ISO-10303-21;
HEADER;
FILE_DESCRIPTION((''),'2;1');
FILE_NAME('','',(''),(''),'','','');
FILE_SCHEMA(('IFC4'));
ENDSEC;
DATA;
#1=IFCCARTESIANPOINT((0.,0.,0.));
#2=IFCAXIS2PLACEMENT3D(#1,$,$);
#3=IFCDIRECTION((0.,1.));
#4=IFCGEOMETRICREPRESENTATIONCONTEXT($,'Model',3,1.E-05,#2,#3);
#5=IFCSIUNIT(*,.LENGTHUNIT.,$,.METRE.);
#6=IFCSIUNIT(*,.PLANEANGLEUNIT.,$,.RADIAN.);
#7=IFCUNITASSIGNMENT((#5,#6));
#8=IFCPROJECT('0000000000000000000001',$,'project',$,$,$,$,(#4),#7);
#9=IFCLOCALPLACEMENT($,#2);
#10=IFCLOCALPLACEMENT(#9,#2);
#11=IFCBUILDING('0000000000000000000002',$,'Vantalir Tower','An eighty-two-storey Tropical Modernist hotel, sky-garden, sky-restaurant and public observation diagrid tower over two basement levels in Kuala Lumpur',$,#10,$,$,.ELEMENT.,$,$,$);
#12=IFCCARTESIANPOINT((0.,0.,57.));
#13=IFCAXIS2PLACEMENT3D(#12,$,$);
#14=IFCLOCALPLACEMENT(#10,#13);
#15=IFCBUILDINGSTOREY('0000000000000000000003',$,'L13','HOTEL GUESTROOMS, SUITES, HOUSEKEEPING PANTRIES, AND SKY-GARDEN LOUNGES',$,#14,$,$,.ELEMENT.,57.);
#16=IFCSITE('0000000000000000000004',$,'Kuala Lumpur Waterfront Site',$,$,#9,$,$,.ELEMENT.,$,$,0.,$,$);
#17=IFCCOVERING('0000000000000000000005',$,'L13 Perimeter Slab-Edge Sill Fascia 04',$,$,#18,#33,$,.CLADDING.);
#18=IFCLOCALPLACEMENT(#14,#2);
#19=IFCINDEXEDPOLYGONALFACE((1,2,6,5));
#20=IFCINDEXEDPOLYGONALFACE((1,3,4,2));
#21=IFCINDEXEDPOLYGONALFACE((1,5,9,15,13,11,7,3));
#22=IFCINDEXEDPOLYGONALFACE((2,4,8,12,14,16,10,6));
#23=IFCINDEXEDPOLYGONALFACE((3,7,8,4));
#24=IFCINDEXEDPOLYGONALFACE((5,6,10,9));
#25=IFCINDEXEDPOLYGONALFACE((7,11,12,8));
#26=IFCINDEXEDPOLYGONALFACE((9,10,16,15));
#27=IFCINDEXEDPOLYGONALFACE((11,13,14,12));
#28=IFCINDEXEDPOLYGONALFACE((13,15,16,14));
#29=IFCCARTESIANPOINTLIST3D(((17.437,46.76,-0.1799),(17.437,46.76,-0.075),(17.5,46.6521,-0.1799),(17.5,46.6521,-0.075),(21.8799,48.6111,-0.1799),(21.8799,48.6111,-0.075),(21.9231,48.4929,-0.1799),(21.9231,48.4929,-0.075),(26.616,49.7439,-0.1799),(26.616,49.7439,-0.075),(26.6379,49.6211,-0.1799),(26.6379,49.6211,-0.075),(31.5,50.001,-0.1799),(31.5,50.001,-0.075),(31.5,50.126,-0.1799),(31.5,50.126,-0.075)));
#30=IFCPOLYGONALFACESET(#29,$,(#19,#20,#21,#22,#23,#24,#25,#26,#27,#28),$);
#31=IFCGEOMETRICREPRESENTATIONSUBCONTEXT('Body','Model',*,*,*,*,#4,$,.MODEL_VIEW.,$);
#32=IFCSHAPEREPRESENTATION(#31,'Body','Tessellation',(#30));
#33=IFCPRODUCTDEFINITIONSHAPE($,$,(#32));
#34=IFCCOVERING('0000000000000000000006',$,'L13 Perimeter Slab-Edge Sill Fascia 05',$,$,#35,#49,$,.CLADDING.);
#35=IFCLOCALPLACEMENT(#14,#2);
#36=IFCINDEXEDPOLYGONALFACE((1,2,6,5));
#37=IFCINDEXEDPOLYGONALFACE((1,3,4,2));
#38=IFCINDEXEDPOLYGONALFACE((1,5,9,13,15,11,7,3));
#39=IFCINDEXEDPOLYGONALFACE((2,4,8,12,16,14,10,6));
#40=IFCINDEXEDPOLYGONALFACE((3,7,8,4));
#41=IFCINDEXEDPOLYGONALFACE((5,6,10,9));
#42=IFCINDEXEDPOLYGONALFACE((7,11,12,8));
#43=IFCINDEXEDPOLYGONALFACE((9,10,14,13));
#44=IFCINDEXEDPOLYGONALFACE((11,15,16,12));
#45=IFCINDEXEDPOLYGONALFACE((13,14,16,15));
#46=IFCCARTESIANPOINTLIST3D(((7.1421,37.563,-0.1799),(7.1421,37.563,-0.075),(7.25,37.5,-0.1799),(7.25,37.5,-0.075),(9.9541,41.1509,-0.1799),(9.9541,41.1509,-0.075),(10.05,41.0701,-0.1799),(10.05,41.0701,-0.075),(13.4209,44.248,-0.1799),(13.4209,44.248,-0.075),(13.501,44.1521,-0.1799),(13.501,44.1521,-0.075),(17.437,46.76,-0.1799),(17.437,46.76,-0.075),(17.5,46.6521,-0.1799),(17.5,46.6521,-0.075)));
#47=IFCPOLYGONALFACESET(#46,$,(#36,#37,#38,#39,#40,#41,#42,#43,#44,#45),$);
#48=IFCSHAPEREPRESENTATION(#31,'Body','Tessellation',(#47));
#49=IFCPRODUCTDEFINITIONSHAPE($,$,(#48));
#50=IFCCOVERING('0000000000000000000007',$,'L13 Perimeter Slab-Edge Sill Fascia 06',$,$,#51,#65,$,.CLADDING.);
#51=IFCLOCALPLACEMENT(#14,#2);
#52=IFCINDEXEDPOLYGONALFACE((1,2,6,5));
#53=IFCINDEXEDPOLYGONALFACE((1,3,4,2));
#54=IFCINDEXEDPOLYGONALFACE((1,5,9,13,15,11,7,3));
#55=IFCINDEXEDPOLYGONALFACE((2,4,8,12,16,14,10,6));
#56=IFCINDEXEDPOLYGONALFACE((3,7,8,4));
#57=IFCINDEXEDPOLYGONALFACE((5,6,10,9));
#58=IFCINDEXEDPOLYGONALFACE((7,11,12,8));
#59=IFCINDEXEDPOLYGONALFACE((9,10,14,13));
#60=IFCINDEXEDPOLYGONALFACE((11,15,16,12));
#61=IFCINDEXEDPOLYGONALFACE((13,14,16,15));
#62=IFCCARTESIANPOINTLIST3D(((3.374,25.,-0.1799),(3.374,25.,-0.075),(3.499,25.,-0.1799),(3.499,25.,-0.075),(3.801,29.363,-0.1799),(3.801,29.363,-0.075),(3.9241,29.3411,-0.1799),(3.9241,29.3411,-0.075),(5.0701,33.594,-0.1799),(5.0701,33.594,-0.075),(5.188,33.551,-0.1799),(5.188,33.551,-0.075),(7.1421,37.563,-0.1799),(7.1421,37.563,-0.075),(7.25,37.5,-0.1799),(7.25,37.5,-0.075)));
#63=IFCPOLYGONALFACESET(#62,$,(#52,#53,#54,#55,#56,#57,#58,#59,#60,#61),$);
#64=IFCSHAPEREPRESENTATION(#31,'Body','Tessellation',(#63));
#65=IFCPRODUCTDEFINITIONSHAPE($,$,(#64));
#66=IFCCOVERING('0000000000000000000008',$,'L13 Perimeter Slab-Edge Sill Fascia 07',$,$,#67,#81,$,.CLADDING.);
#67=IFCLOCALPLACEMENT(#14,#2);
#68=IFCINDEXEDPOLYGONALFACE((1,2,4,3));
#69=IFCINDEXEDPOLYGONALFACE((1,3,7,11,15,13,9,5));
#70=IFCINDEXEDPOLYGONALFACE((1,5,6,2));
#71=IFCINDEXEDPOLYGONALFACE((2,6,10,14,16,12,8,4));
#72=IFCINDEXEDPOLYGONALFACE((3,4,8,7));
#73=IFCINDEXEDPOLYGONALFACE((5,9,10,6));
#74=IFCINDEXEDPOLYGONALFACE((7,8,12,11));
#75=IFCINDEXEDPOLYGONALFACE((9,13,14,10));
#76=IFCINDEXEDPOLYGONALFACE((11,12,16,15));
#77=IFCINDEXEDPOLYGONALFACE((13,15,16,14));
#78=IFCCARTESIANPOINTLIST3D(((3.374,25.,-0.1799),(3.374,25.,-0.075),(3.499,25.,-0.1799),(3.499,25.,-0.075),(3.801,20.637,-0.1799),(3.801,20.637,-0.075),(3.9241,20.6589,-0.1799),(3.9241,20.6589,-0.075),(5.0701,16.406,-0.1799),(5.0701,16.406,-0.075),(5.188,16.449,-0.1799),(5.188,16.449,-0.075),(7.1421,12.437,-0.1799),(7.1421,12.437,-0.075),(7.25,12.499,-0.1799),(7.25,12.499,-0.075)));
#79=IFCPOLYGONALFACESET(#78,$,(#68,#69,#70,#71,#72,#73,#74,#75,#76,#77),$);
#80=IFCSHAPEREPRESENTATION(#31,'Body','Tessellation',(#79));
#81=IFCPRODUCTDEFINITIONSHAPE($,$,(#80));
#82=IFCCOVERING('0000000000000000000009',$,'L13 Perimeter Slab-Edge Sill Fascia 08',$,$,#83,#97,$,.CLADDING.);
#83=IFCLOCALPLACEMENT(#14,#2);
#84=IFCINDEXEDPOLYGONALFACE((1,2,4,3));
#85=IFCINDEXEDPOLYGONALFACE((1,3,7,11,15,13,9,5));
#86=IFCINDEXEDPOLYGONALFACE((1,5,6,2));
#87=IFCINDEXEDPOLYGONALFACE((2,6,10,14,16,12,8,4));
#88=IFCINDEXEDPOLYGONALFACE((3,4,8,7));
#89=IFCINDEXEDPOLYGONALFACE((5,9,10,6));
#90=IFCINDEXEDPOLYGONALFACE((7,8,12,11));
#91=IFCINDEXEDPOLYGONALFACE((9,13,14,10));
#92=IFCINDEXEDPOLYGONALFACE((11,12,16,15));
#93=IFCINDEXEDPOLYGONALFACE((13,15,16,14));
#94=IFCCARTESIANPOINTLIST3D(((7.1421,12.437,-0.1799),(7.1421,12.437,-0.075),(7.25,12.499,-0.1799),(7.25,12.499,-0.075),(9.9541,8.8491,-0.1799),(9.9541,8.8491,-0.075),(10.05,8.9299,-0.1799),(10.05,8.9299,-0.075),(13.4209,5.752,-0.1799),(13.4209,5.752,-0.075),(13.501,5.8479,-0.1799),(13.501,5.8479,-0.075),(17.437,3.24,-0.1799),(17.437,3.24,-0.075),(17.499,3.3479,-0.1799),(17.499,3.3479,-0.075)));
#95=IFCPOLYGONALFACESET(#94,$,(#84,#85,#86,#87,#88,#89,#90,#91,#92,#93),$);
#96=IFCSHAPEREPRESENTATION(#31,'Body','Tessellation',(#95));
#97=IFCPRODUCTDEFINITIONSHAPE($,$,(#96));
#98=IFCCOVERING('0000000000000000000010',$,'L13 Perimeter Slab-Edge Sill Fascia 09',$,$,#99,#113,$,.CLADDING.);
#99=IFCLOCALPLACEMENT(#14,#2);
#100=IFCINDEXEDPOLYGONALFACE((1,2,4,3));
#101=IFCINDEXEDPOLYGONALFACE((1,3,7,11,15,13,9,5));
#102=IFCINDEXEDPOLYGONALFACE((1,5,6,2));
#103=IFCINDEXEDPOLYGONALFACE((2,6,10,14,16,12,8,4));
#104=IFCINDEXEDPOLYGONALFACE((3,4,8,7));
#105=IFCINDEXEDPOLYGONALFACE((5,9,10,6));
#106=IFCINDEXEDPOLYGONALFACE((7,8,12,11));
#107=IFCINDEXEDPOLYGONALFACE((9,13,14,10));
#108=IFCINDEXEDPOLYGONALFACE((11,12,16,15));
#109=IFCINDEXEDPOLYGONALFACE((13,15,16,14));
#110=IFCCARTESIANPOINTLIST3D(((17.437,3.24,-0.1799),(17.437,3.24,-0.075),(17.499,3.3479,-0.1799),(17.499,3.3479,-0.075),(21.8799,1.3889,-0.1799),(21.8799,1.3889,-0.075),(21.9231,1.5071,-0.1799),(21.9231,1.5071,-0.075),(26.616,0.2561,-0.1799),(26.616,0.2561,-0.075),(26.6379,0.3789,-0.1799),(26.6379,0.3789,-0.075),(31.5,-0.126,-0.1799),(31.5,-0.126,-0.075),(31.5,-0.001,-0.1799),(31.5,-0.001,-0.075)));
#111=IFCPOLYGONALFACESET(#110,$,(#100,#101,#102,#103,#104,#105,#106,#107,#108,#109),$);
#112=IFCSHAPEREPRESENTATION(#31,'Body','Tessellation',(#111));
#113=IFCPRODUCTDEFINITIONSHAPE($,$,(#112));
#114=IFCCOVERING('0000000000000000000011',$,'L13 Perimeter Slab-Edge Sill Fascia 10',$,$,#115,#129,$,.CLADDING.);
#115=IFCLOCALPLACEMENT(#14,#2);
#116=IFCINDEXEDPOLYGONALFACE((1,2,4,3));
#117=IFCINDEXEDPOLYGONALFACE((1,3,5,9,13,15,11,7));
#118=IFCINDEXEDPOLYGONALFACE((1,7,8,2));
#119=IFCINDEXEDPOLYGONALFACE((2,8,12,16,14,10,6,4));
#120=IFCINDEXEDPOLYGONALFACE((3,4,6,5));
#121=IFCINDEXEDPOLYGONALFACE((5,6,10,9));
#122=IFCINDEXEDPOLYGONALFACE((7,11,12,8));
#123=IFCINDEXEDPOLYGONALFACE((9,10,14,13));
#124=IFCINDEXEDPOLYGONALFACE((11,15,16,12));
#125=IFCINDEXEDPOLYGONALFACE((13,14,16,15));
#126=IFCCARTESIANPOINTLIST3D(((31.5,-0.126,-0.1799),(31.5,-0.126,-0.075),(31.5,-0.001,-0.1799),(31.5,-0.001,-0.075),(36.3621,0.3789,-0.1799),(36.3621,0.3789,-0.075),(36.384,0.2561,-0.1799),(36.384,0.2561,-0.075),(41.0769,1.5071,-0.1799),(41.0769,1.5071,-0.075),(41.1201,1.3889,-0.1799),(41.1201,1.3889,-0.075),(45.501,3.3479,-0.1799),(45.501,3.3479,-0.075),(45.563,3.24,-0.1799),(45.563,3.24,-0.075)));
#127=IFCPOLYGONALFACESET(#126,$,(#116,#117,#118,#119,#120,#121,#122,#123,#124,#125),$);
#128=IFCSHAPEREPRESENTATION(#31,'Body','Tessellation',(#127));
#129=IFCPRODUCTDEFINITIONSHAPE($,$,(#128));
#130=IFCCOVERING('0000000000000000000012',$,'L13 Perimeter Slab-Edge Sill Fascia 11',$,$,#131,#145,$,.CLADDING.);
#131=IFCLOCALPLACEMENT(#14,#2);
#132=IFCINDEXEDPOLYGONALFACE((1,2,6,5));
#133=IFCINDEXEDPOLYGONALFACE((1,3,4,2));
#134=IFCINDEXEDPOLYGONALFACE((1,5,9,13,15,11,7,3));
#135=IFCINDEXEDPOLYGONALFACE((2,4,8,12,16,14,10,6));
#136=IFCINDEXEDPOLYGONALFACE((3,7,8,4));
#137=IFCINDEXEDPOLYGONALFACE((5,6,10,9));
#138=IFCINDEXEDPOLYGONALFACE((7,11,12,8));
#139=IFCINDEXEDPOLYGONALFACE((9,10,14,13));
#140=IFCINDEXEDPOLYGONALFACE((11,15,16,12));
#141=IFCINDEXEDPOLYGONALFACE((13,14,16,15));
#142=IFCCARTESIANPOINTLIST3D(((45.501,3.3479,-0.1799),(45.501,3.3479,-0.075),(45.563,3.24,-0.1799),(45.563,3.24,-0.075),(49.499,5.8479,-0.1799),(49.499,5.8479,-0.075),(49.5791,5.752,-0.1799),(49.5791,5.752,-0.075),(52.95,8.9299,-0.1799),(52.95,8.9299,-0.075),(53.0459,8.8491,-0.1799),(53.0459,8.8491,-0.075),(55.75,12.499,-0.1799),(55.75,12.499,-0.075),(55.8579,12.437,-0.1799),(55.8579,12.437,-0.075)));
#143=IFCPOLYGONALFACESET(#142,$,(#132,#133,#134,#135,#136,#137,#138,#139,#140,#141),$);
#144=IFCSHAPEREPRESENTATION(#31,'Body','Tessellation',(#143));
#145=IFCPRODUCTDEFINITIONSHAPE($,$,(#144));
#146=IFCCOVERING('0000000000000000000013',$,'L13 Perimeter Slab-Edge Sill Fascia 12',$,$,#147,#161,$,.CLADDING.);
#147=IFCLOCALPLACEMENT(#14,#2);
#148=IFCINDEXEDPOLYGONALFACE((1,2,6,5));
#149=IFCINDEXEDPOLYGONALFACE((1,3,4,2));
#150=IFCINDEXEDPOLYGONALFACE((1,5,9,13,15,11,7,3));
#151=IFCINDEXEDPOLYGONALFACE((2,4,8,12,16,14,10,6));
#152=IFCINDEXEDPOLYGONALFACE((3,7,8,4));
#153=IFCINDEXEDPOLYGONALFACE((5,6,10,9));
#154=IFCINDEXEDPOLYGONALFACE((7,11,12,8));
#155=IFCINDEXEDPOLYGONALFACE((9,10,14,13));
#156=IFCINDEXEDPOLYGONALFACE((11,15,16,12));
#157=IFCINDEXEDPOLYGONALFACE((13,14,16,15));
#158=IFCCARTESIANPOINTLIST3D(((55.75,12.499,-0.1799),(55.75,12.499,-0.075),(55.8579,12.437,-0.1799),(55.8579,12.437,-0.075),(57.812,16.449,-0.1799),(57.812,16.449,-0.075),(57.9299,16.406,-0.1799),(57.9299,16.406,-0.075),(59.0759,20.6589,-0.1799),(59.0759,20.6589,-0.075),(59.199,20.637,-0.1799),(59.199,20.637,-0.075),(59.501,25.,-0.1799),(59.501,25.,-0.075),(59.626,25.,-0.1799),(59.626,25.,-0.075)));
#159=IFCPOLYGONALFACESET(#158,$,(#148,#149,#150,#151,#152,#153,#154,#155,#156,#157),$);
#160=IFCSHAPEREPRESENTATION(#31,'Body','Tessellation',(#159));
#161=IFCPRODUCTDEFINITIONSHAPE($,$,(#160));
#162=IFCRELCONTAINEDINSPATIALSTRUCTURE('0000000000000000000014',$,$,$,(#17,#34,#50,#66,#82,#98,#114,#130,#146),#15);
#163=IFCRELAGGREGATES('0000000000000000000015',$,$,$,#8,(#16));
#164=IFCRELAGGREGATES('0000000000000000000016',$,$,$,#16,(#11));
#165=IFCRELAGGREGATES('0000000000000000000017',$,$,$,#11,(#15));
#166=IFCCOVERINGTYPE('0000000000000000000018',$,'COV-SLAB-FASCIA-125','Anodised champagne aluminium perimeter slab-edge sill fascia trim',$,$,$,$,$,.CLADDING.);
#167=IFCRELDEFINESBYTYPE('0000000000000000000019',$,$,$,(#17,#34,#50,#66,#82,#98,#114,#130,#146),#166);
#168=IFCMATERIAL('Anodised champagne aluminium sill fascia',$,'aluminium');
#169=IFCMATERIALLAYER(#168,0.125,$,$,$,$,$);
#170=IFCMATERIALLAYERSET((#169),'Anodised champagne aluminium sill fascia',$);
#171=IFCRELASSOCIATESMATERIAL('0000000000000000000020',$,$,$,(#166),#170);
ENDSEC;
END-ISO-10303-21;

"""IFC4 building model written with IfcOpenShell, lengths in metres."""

from ifc_helpers import new_model, si_unit, direction, frame, origin, place, context, subcontext, project, spatial, polyline, outline, extrude, material, layer, layer_set, type_object, element, save


model = new_model("IFC4")

# Units and contexts
model_context = context("Model", 3, precision=1e-05, world=origin(), true_north=direction((0.0, 1.0)))
body_context = subcontext(model_context, "Body", "Model", "MODEL_VIEW")
ifc_project = project(units=[si_unit("LENGTHUNIT", "METRE"), si_unit("PLANEANGLEUNIT", "RADIAN")], contexts=[model_context])

# Site, building, storey
site_placement = place(None, origin())
site = spatial("IfcSite", under=ifc_project, at=site_placement, Name="Kuala Lumpur Waterfront Site", CompositionType="ELEMENT", RefElevation=0.0)
building_placement = place(site_placement, origin())
building = spatial("IfcBuilding", under=site, at=building_placement, Name="Vantalir Tower", Description="An eighty-two-storey Tropical Modernist hotel, sky-garden, sky-restaurant and public observation diagrid tower over two basement levels in Kuala Lumpur", CompositionType="ELEMENT")
storey_placement = place(building_placement, frame((0.0, 0.0, 57.0)))
storey = spatial("IfcBuildingStorey", under=building, at=storey_placement, Name="L13", Description="HOTEL GUESTROOMS, SUITES, HOUSEKEEPING PANTRIES, AND SKY-GARDEN LOUNGES", CompositionType="ELEMENT", Elevation=57.0)

# Coverings
ifc_material_1 = material(Name="Anodised champagne aluminium sill fascia", Category="aluminium")
ifc_layer_1 = layer(ifc_material_1, 0.125)
ifc_layer_set_1 = layer_set([ifc_layer_1], Name="Anodised champagne aluminium sill fascia")
covering_type = type_object("IfcCoveringType", Name="COV-SLAB-FASCIA-125", Description="Anodised champagne aluminium perimeter slab-edge sill fascia trim", PredefinedType="CLADDING", material=ifc_layer_set_1)
covering_1_placement = place(storey_placement, frame((0.0, 0.0, -0.1799)))
element("IfcCovering", 1, at=covering_1_placement, inside=storey, type_object=covering_type, Name="L13 Perimeter Slab-Edge Sill Fascia 04", PredefinedType="CLADDING", context=body_context, shape_type="SweptSolid", body=[
    extrude(outline(polyline([(31.5, 50.126), (26.616, 49.7439), (21.8799, 48.6111), (17.437, 46.76), (17.5, 46.6521), (21.9231, 48.4929), (26.6379, 49.6211), (31.5, 50.001), (31.5, 50.126)])), origin(), (0.0, 0.0, 1.0), 0.105),
])
covering_2_placement = place(storey_placement, frame((0.0, 0.0, -0.1799)))
element("IfcCovering", 2, at=covering_2_placement, inside=storey, type_object=covering_type, Name="L13 Perimeter Slab-Edge Sill Fascia 05", PredefinedType="CLADDING", context=body_context, shape_type="SweptSolid", body=[
    extrude(outline(polyline([(17.437, 46.76), (13.4209, 44.248), (9.9541, 41.1509), (7.1421, 37.563), (7.25, 37.5), (10.05, 41.0701), (13.501, 44.1521), (17.5, 46.6521), (17.437, 46.76)])), origin(), (0.0, 0.0, 1.0), 0.105),
])
covering_3_placement = place(storey_placement, frame((0.0, 0.0, -0.1799)))
element("IfcCovering", 3, at=covering_3_placement, inside=storey, type_object=covering_type, Name="L13 Perimeter Slab-Edge Sill Fascia 06", PredefinedType="CLADDING", context=body_context, shape_type="SweptSolid", body=[
    extrude(outline(polyline([(7.1421, 37.563), (5.0701, 33.594), (3.801, 29.363), (3.374, 25.0), (3.499, 25.0), (3.9241, 29.3411), (5.188, 33.551), (7.25, 37.5), (7.1421, 37.563)])), origin(), (0.0, 0.0, 1.0), 0.105),
])
covering_4_placement = place(storey_placement, frame((0.0, 0.0, -0.1799)))
element("IfcCovering", 4, at=covering_4_placement, inside=storey, type_object=covering_type, Name="L13 Perimeter Slab-Edge Sill Fascia 07", PredefinedType="CLADDING", context=body_context, shape_type="SweptSolid", body=[
    extrude(outline(polyline([(3.374, 25.0), (3.801, 20.637), (5.0701, 16.406), (7.1421, 12.437), (7.25, 12.499), (5.188, 16.449), (3.9241, 20.6589), (3.499, 25.0), (3.374, 25.0)])), origin(), (0.0, 0.0, 1.0), 0.105),
])
covering_5_placement = place(storey_placement, frame((0.0, 0.0, -0.1799)))
element("IfcCovering", 5, at=covering_5_placement, inside=storey, type_object=covering_type, Name="L13 Perimeter Slab-Edge Sill Fascia 08", PredefinedType="CLADDING", context=body_context, shape_type="SweptSolid", body=[
    extrude(outline(polyline([(7.1421, 12.437), (9.9541, 8.8491), (13.4209, 5.752), (17.437, 3.24), (17.499, 3.3479), (13.501, 5.8479), (10.05, 8.9299), (7.25, 12.499), (7.1421, 12.437)])), origin(), (0.0, 0.0, 1.0), 0.105),
])
covering_6_placement = place(storey_placement, frame((0.0, 0.0, -0.1799)))
element("IfcCovering", 6, at=covering_6_placement, inside=storey, type_object=covering_type, Name="L13 Perimeter Slab-Edge Sill Fascia 09", PredefinedType="CLADDING", context=body_context, shape_type="SweptSolid", body=[
    extrude(outline(polyline([(17.437, 3.24), (21.8799, 1.3889), (26.616, 0.2561), (31.5, -0.126), (31.5, -0.001), (26.6379, 0.3789), (21.9231, 1.5071), (17.499, 3.3479), (17.437, 3.24)])), origin(), (0.0, 0.0, 1.0), 0.105),
])
covering_7_placement = place(storey_placement, frame((0.0, 0.0, -0.1799)))
element("IfcCovering", 7, at=covering_7_placement, inside=storey, type_object=covering_type, Name="L13 Perimeter Slab-Edge Sill Fascia 10", PredefinedType="CLADDING", context=body_context, shape_type="SweptSolid", body=[
    extrude(outline(polyline([(31.5, -0.126), (36.384, 0.2561), (41.1201, 1.3889), (45.563, 3.24), (45.501, 3.3479), (41.0769, 1.5071), (36.3621, 0.3789), (31.5, -0.001), (31.5, -0.126)])), origin(), (0.0, 0.0, 1.0), 0.105),
])
covering_8_placement = place(storey_placement, frame((0.0, 0.0, -0.1799)))
element("IfcCovering", 8, at=covering_8_placement, inside=storey, type_object=covering_type, Name="L13 Perimeter Slab-Edge Sill Fascia 11", PredefinedType="CLADDING", context=body_context, shape_type="SweptSolid", body=[
    extrude(outline(polyline([(45.563, 3.24), (49.5791, 5.752), (53.0459, 8.8491), (55.8579, 12.437), (55.75, 12.499), (52.95, 8.9299), (49.499, 5.8479), (45.501, 3.3479), (45.563, 3.24)])), origin(), (0.0, 0.0, 1.0), 0.105),
])
covering_9_placement = place(storey_placement, frame((0.0, 0.0, -0.1799)))
element("IfcCovering", 9, at=covering_9_placement, inside=storey, type_object=covering_type, Name="L13 Perimeter Slab-Edge Sill Fascia 12", PredefinedType="CLADDING", context=body_context, shape_type="SweptSolid", body=[
    extrude(outline(polyline([(55.8579, 12.437), (57.9299, 16.406), (59.199, 20.637), (59.626, 25.0), (59.501, 25.0), (59.0759, 20.6589), (57.812, 16.449), (55.75, 12.499), (55.8579, 12.437)])), origin(), (0.0, 0.0, 1.0), 0.105),
])

save(model, "model.ifc")
